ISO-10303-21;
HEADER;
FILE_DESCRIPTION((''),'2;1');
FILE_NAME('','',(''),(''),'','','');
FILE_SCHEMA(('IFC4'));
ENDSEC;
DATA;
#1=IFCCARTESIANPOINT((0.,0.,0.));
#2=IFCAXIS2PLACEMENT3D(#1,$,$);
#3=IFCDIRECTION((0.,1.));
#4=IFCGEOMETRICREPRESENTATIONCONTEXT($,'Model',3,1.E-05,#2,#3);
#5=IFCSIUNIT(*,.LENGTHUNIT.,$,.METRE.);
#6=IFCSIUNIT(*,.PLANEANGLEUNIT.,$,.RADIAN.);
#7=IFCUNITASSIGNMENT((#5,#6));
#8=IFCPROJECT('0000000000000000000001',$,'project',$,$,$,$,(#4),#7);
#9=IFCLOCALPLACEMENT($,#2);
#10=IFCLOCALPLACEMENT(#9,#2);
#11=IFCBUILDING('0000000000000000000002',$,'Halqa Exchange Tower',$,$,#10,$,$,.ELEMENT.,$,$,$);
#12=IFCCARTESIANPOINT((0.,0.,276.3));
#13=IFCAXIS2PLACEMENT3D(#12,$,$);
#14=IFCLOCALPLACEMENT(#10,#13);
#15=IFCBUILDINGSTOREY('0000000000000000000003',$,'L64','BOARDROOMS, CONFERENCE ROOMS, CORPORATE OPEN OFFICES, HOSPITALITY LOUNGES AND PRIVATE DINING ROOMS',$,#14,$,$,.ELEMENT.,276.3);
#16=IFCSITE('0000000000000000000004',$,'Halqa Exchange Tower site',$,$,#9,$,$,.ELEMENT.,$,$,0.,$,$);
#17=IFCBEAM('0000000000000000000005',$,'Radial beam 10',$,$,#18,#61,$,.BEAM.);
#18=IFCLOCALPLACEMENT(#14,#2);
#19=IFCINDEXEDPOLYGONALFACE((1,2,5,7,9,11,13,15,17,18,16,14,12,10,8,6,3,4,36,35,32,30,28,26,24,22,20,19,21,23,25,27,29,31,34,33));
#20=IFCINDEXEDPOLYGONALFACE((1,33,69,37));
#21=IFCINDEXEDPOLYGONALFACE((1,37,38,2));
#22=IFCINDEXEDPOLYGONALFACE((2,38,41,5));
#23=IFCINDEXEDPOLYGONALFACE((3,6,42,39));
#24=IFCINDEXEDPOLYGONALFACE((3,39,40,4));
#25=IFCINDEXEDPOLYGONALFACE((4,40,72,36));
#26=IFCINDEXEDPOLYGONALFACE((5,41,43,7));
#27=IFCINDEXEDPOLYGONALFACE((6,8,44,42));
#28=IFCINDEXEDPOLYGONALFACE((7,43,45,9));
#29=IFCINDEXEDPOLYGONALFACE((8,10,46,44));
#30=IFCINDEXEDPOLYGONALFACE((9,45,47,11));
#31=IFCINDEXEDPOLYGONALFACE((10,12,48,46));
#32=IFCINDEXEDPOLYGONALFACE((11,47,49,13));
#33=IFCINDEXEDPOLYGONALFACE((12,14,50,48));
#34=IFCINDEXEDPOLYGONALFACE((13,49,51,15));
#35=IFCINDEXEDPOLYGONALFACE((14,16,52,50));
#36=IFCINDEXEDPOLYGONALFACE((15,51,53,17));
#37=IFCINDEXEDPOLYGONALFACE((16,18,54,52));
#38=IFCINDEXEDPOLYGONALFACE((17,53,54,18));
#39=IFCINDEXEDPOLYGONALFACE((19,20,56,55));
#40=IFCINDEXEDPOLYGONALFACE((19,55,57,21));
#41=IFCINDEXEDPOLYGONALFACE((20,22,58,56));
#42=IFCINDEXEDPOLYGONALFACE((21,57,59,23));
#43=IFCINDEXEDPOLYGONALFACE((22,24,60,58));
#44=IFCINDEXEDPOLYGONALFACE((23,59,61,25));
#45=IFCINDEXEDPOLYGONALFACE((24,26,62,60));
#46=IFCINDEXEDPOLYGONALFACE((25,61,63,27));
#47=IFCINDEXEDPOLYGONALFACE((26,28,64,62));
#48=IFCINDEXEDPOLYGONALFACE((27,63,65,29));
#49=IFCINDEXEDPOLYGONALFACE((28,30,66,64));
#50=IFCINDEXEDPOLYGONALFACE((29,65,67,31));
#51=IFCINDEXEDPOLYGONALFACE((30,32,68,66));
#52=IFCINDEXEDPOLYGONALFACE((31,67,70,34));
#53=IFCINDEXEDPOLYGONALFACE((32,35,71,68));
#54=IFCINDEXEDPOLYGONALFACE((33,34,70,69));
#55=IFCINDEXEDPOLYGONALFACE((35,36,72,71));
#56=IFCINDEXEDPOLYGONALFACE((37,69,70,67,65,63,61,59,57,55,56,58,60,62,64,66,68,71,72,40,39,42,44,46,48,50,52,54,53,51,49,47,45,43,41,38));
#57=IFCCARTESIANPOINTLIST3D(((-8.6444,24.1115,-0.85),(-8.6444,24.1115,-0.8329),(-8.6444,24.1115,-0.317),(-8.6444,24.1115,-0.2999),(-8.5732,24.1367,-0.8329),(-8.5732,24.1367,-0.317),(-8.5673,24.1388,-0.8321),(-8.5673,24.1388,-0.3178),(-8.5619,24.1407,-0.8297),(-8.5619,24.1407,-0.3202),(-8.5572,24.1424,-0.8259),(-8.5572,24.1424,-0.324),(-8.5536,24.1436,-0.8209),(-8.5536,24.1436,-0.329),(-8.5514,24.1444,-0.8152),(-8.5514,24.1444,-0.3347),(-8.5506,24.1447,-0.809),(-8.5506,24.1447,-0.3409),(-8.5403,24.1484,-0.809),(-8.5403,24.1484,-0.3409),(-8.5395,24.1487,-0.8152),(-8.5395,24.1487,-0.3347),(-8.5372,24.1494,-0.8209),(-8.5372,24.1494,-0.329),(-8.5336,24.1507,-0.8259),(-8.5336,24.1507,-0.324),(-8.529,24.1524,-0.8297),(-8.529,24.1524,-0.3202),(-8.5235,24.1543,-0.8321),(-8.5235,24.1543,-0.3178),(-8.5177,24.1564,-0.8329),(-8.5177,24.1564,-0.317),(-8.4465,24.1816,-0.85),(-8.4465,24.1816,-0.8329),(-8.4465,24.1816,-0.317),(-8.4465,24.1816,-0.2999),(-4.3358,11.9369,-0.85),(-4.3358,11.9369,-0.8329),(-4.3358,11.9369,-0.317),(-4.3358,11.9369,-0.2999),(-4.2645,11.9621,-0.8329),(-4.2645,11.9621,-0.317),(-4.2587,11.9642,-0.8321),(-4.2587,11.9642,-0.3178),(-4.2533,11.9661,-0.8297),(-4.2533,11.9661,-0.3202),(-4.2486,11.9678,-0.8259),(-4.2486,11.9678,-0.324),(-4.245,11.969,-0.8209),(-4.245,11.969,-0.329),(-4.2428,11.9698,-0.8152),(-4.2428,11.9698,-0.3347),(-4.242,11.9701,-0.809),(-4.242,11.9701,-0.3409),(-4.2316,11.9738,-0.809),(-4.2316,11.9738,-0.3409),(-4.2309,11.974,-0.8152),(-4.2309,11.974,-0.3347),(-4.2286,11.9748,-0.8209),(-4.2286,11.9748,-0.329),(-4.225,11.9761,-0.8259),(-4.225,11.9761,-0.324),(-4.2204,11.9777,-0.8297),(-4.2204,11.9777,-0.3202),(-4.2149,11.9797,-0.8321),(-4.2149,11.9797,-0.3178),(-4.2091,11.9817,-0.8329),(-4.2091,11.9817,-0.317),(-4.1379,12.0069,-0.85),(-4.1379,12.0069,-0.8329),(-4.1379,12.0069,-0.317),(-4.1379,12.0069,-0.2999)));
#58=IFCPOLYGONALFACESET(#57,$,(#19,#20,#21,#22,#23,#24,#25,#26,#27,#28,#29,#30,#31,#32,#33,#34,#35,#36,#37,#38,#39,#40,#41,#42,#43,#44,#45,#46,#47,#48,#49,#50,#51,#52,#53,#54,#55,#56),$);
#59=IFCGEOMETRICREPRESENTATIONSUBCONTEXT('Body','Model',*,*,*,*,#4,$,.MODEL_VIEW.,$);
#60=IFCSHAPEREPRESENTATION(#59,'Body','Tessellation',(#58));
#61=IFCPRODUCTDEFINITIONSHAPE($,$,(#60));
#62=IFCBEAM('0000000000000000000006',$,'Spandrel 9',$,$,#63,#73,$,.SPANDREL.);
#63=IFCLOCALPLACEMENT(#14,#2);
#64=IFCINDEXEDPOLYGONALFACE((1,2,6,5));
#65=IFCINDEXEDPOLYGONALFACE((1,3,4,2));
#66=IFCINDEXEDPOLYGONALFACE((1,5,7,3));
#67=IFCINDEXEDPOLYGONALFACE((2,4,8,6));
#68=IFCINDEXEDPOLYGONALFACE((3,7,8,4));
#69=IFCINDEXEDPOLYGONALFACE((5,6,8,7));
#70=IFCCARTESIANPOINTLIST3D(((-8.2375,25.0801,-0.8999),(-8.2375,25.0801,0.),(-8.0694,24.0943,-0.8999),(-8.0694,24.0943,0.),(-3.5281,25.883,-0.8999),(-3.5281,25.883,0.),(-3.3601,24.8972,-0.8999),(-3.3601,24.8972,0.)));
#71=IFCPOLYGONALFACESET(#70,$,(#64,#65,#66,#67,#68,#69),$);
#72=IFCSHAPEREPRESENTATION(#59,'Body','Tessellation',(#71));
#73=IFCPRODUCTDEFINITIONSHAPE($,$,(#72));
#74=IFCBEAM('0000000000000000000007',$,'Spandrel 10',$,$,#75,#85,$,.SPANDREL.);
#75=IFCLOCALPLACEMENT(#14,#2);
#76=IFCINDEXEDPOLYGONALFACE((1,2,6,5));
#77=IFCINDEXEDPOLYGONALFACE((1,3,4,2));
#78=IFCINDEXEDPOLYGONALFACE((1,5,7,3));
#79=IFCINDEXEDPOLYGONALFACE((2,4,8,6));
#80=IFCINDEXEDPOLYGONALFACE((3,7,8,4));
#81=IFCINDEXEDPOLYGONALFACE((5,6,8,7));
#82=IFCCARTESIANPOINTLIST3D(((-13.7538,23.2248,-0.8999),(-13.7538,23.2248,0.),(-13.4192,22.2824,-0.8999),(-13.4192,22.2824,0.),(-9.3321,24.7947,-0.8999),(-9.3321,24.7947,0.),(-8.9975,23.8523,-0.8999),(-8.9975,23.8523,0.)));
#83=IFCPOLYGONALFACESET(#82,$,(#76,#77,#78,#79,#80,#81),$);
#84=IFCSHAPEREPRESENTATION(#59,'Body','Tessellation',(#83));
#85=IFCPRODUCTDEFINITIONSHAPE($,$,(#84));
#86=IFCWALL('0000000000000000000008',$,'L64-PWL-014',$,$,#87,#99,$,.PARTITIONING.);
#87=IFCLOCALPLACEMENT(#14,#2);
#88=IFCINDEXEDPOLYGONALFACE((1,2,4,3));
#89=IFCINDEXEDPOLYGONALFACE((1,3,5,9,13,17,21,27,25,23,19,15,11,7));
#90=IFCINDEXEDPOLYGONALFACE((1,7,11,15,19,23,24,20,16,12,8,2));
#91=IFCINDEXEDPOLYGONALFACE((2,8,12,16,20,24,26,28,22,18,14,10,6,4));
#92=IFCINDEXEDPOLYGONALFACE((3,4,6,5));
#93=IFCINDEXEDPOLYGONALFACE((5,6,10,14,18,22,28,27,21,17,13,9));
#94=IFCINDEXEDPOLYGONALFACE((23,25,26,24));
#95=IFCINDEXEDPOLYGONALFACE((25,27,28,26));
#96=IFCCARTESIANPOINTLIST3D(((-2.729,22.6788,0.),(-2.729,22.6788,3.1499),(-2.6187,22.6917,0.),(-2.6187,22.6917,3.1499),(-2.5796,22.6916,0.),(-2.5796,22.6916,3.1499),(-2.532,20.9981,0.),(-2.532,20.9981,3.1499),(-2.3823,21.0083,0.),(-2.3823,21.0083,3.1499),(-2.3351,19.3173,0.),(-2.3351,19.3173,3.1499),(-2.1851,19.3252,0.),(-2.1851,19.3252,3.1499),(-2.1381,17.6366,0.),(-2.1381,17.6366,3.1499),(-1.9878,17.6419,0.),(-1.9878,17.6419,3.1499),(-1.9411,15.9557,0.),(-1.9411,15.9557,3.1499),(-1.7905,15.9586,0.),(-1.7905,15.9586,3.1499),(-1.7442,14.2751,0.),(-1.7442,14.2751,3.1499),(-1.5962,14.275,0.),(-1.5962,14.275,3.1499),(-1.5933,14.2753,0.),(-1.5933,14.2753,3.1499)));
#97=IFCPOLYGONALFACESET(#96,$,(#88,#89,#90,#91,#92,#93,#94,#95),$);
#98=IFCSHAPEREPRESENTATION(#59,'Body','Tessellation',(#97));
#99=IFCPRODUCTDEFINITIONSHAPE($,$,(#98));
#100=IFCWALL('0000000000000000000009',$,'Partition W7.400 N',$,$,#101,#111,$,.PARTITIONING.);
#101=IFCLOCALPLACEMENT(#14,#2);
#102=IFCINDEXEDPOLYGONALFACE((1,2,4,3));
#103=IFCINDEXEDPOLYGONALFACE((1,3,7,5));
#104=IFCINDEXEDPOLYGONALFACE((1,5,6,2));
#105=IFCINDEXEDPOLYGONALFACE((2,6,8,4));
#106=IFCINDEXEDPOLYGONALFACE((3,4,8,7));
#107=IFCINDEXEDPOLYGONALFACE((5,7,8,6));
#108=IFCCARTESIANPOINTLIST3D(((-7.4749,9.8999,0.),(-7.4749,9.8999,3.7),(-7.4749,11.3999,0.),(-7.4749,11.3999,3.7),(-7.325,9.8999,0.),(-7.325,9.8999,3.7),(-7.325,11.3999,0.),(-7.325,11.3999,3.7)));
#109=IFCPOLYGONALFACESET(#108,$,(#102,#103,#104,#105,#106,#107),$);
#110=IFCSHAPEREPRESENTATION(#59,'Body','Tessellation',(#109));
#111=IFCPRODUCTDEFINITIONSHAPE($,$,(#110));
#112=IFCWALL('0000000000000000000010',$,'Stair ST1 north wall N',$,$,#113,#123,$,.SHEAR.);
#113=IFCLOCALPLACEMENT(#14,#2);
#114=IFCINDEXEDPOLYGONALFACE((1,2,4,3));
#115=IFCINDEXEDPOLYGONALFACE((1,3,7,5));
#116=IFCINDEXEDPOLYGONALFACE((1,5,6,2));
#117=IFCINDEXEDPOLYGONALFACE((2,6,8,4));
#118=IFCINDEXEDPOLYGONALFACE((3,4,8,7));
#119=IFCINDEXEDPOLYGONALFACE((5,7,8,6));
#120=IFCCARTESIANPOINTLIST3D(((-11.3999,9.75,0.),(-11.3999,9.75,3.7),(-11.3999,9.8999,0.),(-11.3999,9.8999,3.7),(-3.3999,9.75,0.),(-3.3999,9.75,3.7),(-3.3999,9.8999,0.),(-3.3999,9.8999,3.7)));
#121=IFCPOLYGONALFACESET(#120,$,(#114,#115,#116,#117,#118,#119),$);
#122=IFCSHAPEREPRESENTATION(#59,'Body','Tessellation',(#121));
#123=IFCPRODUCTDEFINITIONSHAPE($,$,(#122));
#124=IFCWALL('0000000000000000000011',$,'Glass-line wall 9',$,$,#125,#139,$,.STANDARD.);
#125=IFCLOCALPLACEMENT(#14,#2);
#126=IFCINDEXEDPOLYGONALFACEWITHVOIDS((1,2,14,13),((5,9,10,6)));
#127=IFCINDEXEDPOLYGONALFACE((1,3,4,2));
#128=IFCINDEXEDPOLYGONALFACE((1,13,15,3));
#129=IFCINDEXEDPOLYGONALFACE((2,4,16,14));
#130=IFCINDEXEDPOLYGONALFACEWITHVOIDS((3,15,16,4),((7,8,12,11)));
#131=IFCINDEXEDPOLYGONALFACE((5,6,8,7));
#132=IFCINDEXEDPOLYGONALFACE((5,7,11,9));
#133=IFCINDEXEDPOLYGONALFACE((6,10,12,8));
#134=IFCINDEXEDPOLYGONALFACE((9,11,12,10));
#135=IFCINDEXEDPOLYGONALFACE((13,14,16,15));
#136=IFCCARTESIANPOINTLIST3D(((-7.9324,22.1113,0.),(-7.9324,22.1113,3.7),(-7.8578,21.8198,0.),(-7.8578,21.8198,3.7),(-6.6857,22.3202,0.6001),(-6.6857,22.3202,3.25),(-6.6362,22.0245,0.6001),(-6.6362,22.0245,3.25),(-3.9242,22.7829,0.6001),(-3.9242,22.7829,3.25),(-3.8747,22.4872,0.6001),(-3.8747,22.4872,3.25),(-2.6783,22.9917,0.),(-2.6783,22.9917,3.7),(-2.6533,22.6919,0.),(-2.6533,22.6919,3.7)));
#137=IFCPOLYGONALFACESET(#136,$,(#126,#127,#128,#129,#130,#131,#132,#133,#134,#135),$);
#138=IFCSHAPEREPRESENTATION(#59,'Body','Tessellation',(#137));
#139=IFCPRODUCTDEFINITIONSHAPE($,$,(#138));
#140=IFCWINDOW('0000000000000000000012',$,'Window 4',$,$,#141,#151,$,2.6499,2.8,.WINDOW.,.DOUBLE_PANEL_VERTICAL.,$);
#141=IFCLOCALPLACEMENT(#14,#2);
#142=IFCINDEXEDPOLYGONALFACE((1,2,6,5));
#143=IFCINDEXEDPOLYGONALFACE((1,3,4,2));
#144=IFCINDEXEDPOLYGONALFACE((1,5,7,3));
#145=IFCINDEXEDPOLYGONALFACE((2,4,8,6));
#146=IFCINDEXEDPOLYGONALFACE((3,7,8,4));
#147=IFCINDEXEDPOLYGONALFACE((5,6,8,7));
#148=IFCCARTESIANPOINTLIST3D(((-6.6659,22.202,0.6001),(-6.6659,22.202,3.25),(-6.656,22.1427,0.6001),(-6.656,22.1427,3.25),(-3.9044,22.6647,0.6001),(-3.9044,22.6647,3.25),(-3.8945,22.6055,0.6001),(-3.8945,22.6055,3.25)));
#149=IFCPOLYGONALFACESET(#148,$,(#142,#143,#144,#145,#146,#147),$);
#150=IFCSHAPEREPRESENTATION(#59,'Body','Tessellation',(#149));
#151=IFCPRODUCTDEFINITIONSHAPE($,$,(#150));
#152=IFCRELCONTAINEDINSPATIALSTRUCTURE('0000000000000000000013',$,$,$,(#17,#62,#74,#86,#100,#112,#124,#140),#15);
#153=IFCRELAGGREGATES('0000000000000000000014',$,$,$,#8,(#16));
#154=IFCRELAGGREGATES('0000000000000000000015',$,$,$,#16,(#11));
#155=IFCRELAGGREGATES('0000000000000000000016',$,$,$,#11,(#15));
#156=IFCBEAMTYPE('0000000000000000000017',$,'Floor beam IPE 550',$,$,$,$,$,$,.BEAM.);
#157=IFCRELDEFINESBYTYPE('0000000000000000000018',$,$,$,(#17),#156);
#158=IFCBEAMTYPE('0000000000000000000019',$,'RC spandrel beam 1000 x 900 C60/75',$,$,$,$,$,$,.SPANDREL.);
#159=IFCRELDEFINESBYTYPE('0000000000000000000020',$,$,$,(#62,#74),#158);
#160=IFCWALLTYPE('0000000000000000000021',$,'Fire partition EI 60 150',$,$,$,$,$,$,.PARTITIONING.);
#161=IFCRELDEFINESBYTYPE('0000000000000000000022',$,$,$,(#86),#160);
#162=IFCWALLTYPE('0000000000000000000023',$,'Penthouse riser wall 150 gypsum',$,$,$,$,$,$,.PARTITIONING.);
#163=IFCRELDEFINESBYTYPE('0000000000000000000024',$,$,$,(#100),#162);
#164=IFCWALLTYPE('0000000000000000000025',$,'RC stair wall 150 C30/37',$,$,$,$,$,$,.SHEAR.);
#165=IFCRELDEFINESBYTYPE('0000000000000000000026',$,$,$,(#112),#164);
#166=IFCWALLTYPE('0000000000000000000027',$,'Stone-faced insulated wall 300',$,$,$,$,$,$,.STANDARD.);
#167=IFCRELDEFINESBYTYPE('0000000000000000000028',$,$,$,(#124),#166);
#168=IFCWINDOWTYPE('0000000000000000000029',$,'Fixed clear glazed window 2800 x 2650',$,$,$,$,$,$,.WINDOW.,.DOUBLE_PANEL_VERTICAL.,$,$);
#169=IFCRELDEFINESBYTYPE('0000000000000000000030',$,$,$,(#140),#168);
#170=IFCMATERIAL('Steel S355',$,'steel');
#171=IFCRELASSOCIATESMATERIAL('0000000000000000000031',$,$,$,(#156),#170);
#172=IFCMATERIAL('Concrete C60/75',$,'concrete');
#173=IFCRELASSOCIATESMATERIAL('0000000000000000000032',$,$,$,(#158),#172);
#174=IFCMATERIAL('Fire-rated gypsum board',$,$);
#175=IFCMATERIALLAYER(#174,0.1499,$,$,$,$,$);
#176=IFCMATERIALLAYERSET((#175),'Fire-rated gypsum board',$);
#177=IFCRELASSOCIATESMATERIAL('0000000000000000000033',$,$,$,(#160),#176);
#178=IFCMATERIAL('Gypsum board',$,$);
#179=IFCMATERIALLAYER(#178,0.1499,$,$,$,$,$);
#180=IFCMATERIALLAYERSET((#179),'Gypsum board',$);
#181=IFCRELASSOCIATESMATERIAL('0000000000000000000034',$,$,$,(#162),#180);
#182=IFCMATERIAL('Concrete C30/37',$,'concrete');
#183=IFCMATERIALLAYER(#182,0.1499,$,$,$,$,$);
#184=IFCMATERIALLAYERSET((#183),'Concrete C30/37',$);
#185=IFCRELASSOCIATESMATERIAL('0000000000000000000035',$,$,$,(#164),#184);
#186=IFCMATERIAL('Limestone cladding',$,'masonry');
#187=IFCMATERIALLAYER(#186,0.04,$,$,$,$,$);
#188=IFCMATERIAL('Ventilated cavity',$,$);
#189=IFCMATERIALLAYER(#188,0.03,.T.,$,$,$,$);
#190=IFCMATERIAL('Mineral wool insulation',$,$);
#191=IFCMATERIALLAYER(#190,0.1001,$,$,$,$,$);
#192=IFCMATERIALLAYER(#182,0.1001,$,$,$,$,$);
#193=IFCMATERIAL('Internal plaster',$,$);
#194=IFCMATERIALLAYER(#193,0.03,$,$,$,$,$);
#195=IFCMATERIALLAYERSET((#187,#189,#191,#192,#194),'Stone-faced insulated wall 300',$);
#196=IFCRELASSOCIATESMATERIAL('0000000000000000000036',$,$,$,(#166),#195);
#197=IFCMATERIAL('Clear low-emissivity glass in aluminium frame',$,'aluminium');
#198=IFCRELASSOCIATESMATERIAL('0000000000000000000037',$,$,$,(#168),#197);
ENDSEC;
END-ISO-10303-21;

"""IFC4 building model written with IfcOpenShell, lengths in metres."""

from ifc_helpers import new_model, si_unit, direction, frame, frame_2d, origin, origin_2d, place, context, subcontext, project, spatial, polyline, rectangle, i_section, outline, extrude, material, layer, layer_set, material_profile, profile_set, type_object, element, fill, save


model = new_model("IFC4")

# Units and contexts
model_context = context("Model", 3, precision=1e-05, world=origin(), true_north=direction((0.0, 1.0)))
body_context = subcontext(model_context, "Body", "Model", "MODEL_VIEW")
ifc_project = project(units=[si_unit("LENGTHUNIT", "METRE"), si_unit("PLANEANGLEUNIT", "RADIAN")], contexts=[model_context])

# Site, building, storey
site_placement = place(None, origin())
site = spatial("IfcSite", under=ifc_project, at=site_placement, Name="Halqa Exchange Tower site", CompositionType="ELEMENT", RefElevation=0.0)
building_placement = place(site_placement, origin())
building = spatial("IfcBuilding", under=site, at=building_placement, Name="Halqa Exchange Tower", CompositionType="ELEMENT")
storey_placement = place(building_placement, frame((0.0, 0.0, 276.3)))
storey = spatial("IfcBuildingStorey", under=building, at=storey_placement, Name="L64", Description="BOARDROOMS, CONFERENCE ROOMS, CORPORATE OPEN OFFICES, HOSPITALITY LOUNGES AND PRIVATE DINING ROOMS", CompositionType="ELEMENT", Elevation=276.3)

# Shared definitions
ifc_material_1 = material(Name="Concrete C60/75", Category="concrete")

# Beams
ifc_material_2 = material(Name="Steel S355", Category="steel")
ifc_material_profile_1 = material_profile(ifc_material_2, i_section(OverallWidth=0.21, OverallDepth=0.55, WebThickness=0.011, FlangeThickness=0.0171, FilletRadius=0.0239, at=origin_2d()), Name="IPE 550")
ifc_profile_set_1 = profile_set([ifc_material_profile_1], Name="Steel S355")
beam_type_1 = type_object("IfcBeamType", Name="Floor beam IPE 550", PredefinedType="BEAM", material=ifc_profile_set_1)
beam_1_placement = place(storey_placement, frame((-4.2368, 11.9719, -0.575), z_axis=(-0.333625, 0.942706, 0.0), x_axis=(-0.942706, -0.333625, 0.0)))
element("IfcBeam", 1, at=beam_1_placement, inside=storey, type_object=beam_type_1, Name="Radial beam 10", PredefinedType="BEAM", context=body_context, shape_type="SweptSolid", body=[
    extrude(i_section(OverallWidth=0.21, OverallDepth=0.55, WebThickness=0.011, FlangeThickness=0.0171, FilletRadius=0.0239, at=origin_2d()), origin(), (0.0, 0.0, 1.0), 12.9146),
])
ifc_material_profile_2 = material_profile(ifc_material_1, rectangle(XDim=1.0, YDim=0.8999, at=origin_2d()), Name="1000 x 900")
ifc_profile_set_2 = profile_set([ifc_material_profile_2], Name="Concrete C60/75")
beam_type_2 = type_object("IfcBeamType", Name="RC spandrel beam 1000 x 900 C60/75", PredefinedType="SPANDREL", material=ifc_profile_set_2)
beam_2_placement = place(storey_placement, frame((-3.4441, 25.3901, -0.45), z_axis=(-0.985774, -0.168077, 0.0), x_axis=(0.168077, -0.985774, 0.0)))
element("IfcBeam", 2, at=beam_2_placement, inside=storey, type_object=beam_type_2, Name="Spandrel 9", PredefinedType="SPANDREL", context=body_context, shape_type="SweptSolid", body=[
    extrude(rectangle(XDim=1.0, YDim=0.8999, at=origin_2d()), origin(), (0.0, 0.0, 1.0), 4.7773),
])
beam_3_placement = place(storey_placement, frame((-9.1648, 24.3235, -0.45), z_axis=(-0.94237, -0.334572, 0.0), x_axis=(0.334572, -0.94237, 0.0)))
element("IfcBeam", 3, at=beam_3_placement, inside=storey, type_object=beam_type_2, Name="Spandrel 10", PredefinedType="SPANDREL", context=body_context, shape_type="SweptSolid", body=[
    extrude(rectangle(XDim=1.0, YDim=0.8999, at=origin_2d()), origin(), (0.0, 0.0, 1.0), 4.6921),
])

# Walls
ifc_material_3 = material(Name="Fire-rated gypsum board")
ifc_layer_1 = layer(ifc_material_3, 0.1499)
ifc_layer_set_1 = layer_set([ifc_layer_1], Name="Fire-rated gypsum board")
wall_type_1 = type_object("IfcWallType", Name="Fire partition EI 60 150", PredefinedType="PARTITIONING", material=ifc_layer_set_1)
wall_1_placement = place(storey_placement, frame((-2.6545, 22.6875, 0.0), z_axis=(0.0, 0.0, 1.0), x_axis=(0.11639, -0.993204, 0.0)))
element("IfcWall", 4, at=wall_1_placement, inside=storey, type_object=wall_type_1, Name="L64-PWL-014", PredefinedType="PARTITIONING", context=body_context, shape_type="SweptSolid", body=[
    extrude(outline(polyline([(0.0, -0.075), (1.6921, -0.075), (3.3845, -0.075), (5.0767, -0.075), (6.769, -0.075), (8.4612, -0.075), (8.4785, 0.072), (8.4785, 0.075), (6.7837, 0.075), (5.0889, 0.075), (3.394, 0.075), (1.6995, 0.075), (0.0046, 0.075), (0.0, 0.0361), (0.0, -0.075)])), origin(), (0.0, 0.0, 1.0), 3.1499),
])
ifc_material_4 = material(Name="Gypsum board")
ifc_layer_2 = layer(ifc_material_4, 0.1499)
ifc_layer_set_2 = layer_set([ifc_layer_2], Name="Gypsum board")
wall_type_2 = type_object("IfcWallType", Name="Penthouse riser wall 150 gypsum", PredefinedType="PARTITIONING", material=ifc_layer_set_2)
wall_2_placement = place(storey_placement, frame((-7.3999, 9.8999, 0.0), z_axis=(0.0, 0.0, 1.0), x_axis=(0.0, 1.0, 0.0)))
element("IfcWall", 5, at=wall_2_placement, inside=storey, type_object=wall_type_2, Name="Partition W7.400 N", PredefinedType="PARTITIONING", context=body_context, shape_type="SweptSolid", body=[
    extrude(rectangle(XDim=1.5, YDim=0.1499, at=frame_2d((0.75, 0.0))), origin(), (0.0, 0.0, 1.0), 3.7),
])
ifc_material_5 = material(Name="Concrete C30/37", Category="concrete")
ifc_layer_3 = layer(ifc_material_5, 0.1499)
ifc_layer_set_3 = layer_set([ifc_layer_3], Name="Concrete C30/37")
wall_type_3 = type_object("IfcWallType", Name="RC stair wall 150 C30/37", PredefinedType="SHEAR", material=ifc_layer_set_3)
wall_3_placement = place(storey_placement, frame((-11.3999, 9.825, 0.0), z_axis=(0.0, 0.0, 1.0), x_axis=(1.0, 0.0, 0.0)))
element("IfcWall", 6, at=wall_3_placement, inside=storey, type_object=wall_type_3, Name="Stair ST1 north wall N", PredefinedType="SHEAR", context=body_context, shape_type="SweptSolid", body=[
    extrude(rectangle(XDim=8.0, YDim=0.1499, at=frame_2d((4.0, 0.0))), origin(), (0.0, 0.0, 1.0), 3.7),
])

# Wall, opening, window
ifc_material_6 = material(Name="Limestone cladding", Category="masonry")
ifc_layer_4 = layer(ifc_material_6, 0.04)
ifc_material_7 = material(Name="Ventilated cavity")
ifc_layer_5 = layer(ifc_material_7, 0.03, ventilated=True)
ifc_material_8 = material(Name="Mineral wool insulation")
ifc_layer_6 = layer(ifc_material_8, 0.1001)
ifc_layer_7 = layer(ifc_material_5, 0.1001)
ifc_material_9 = material(Name="Internal plaster")
ifc_layer_8 = layer(ifc_material_9, 0.03)
ifc_layer_set_4 = layer_set([ifc_layer_4, ifc_layer_5, ifc_layer_6, ifc_layer_7, ifc_layer_8], Name="Stone-faced insulated wall 300")
wall_type_4 = type_object("IfcWallType", Name="Stone-faced insulated wall 300", PredefinedType="STANDARD", material=ifc_layer_set_4)
wall_4_placement = place(storey_placement, frame((-2.6658, 22.8418, 0.0), z_axis=(0.0, 0.0, 1.0), x_axis=(-0.98625, -0.165258, 0.0)))
wall_4 = element("IfcWall", 7, at=wall_4_placement, inside=storey, type_object=wall_type_4, Name="Glass-line wall 9", PredefinedType="STANDARD", context=body_context, shape_type="SweptSolid", body=[
    extrude(outline(polyline([(-0.0125, -0.1499), (5.3149, -0.1499), (5.2896, 0.1499), (0.0125, 0.1499), (-0.0125, -0.1499)])), origin(), (0.0, 0.0, 1.0), 3.7),
])
opening_1_placement = place(wall_4_placement, frame((1.251, 0.0, 0.6001)))
opening_1 = element("IfcOpeningElement", 8, at=opening_1_placement, cuts=wall_4, PredefinedType="OPENING", context=body_context, shape_type="SweptSolid", body=[
    extrude(rectangle(XDim=2.8, YDim=2.6499, at=frame_2d((1.3999, 1.325))), frame((0.0, 0.1621, 0.0), z_axis=(0.0, -1.0, 0.0), x_axis=(1.0, 0.0, 0.0)), (0.0, 0.0, 1.0), 0.324),
])
ifc_material_10 = material(Name="Clear low-emissivity glass in aluminium frame", Category="aluminium")
window_type = type_object("IfcWindowType", Name="Fixed clear glazed window 2800 x 2650", PartitioningType="DOUBLE_PANEL_VERTICAL", PredefinedType="WINDOW", material=ifc_material_10)
window_1_placement = place(opening_1_placement, origin())
window_1 = element("IfcWindow", 9, at=window_1_placement, inside=storey, type_object=window_type, Name="Window 4", OverallHeight=2.6499, OverallWidth=2.8, PartitioningType="DOUBLE_PANEL_VERTICAL", PredefinedType="WINDOW", context=body_context, shape_type="SweptSolid", body=[
    extrude(rectangle(XDim=2.8, YDim=2.6499, at=frame_2d((1.3999, 1.325))), frame((0.0, 0.03, 0.0), z_axis=(0.0, -1.0, 0.0), x_axis=(1.0, 0.0, 0.0)), (0.0, 0.0, 1.0), 0.0601),
])
fill(opening_1, window_1)

save(model, "model.ifc")
